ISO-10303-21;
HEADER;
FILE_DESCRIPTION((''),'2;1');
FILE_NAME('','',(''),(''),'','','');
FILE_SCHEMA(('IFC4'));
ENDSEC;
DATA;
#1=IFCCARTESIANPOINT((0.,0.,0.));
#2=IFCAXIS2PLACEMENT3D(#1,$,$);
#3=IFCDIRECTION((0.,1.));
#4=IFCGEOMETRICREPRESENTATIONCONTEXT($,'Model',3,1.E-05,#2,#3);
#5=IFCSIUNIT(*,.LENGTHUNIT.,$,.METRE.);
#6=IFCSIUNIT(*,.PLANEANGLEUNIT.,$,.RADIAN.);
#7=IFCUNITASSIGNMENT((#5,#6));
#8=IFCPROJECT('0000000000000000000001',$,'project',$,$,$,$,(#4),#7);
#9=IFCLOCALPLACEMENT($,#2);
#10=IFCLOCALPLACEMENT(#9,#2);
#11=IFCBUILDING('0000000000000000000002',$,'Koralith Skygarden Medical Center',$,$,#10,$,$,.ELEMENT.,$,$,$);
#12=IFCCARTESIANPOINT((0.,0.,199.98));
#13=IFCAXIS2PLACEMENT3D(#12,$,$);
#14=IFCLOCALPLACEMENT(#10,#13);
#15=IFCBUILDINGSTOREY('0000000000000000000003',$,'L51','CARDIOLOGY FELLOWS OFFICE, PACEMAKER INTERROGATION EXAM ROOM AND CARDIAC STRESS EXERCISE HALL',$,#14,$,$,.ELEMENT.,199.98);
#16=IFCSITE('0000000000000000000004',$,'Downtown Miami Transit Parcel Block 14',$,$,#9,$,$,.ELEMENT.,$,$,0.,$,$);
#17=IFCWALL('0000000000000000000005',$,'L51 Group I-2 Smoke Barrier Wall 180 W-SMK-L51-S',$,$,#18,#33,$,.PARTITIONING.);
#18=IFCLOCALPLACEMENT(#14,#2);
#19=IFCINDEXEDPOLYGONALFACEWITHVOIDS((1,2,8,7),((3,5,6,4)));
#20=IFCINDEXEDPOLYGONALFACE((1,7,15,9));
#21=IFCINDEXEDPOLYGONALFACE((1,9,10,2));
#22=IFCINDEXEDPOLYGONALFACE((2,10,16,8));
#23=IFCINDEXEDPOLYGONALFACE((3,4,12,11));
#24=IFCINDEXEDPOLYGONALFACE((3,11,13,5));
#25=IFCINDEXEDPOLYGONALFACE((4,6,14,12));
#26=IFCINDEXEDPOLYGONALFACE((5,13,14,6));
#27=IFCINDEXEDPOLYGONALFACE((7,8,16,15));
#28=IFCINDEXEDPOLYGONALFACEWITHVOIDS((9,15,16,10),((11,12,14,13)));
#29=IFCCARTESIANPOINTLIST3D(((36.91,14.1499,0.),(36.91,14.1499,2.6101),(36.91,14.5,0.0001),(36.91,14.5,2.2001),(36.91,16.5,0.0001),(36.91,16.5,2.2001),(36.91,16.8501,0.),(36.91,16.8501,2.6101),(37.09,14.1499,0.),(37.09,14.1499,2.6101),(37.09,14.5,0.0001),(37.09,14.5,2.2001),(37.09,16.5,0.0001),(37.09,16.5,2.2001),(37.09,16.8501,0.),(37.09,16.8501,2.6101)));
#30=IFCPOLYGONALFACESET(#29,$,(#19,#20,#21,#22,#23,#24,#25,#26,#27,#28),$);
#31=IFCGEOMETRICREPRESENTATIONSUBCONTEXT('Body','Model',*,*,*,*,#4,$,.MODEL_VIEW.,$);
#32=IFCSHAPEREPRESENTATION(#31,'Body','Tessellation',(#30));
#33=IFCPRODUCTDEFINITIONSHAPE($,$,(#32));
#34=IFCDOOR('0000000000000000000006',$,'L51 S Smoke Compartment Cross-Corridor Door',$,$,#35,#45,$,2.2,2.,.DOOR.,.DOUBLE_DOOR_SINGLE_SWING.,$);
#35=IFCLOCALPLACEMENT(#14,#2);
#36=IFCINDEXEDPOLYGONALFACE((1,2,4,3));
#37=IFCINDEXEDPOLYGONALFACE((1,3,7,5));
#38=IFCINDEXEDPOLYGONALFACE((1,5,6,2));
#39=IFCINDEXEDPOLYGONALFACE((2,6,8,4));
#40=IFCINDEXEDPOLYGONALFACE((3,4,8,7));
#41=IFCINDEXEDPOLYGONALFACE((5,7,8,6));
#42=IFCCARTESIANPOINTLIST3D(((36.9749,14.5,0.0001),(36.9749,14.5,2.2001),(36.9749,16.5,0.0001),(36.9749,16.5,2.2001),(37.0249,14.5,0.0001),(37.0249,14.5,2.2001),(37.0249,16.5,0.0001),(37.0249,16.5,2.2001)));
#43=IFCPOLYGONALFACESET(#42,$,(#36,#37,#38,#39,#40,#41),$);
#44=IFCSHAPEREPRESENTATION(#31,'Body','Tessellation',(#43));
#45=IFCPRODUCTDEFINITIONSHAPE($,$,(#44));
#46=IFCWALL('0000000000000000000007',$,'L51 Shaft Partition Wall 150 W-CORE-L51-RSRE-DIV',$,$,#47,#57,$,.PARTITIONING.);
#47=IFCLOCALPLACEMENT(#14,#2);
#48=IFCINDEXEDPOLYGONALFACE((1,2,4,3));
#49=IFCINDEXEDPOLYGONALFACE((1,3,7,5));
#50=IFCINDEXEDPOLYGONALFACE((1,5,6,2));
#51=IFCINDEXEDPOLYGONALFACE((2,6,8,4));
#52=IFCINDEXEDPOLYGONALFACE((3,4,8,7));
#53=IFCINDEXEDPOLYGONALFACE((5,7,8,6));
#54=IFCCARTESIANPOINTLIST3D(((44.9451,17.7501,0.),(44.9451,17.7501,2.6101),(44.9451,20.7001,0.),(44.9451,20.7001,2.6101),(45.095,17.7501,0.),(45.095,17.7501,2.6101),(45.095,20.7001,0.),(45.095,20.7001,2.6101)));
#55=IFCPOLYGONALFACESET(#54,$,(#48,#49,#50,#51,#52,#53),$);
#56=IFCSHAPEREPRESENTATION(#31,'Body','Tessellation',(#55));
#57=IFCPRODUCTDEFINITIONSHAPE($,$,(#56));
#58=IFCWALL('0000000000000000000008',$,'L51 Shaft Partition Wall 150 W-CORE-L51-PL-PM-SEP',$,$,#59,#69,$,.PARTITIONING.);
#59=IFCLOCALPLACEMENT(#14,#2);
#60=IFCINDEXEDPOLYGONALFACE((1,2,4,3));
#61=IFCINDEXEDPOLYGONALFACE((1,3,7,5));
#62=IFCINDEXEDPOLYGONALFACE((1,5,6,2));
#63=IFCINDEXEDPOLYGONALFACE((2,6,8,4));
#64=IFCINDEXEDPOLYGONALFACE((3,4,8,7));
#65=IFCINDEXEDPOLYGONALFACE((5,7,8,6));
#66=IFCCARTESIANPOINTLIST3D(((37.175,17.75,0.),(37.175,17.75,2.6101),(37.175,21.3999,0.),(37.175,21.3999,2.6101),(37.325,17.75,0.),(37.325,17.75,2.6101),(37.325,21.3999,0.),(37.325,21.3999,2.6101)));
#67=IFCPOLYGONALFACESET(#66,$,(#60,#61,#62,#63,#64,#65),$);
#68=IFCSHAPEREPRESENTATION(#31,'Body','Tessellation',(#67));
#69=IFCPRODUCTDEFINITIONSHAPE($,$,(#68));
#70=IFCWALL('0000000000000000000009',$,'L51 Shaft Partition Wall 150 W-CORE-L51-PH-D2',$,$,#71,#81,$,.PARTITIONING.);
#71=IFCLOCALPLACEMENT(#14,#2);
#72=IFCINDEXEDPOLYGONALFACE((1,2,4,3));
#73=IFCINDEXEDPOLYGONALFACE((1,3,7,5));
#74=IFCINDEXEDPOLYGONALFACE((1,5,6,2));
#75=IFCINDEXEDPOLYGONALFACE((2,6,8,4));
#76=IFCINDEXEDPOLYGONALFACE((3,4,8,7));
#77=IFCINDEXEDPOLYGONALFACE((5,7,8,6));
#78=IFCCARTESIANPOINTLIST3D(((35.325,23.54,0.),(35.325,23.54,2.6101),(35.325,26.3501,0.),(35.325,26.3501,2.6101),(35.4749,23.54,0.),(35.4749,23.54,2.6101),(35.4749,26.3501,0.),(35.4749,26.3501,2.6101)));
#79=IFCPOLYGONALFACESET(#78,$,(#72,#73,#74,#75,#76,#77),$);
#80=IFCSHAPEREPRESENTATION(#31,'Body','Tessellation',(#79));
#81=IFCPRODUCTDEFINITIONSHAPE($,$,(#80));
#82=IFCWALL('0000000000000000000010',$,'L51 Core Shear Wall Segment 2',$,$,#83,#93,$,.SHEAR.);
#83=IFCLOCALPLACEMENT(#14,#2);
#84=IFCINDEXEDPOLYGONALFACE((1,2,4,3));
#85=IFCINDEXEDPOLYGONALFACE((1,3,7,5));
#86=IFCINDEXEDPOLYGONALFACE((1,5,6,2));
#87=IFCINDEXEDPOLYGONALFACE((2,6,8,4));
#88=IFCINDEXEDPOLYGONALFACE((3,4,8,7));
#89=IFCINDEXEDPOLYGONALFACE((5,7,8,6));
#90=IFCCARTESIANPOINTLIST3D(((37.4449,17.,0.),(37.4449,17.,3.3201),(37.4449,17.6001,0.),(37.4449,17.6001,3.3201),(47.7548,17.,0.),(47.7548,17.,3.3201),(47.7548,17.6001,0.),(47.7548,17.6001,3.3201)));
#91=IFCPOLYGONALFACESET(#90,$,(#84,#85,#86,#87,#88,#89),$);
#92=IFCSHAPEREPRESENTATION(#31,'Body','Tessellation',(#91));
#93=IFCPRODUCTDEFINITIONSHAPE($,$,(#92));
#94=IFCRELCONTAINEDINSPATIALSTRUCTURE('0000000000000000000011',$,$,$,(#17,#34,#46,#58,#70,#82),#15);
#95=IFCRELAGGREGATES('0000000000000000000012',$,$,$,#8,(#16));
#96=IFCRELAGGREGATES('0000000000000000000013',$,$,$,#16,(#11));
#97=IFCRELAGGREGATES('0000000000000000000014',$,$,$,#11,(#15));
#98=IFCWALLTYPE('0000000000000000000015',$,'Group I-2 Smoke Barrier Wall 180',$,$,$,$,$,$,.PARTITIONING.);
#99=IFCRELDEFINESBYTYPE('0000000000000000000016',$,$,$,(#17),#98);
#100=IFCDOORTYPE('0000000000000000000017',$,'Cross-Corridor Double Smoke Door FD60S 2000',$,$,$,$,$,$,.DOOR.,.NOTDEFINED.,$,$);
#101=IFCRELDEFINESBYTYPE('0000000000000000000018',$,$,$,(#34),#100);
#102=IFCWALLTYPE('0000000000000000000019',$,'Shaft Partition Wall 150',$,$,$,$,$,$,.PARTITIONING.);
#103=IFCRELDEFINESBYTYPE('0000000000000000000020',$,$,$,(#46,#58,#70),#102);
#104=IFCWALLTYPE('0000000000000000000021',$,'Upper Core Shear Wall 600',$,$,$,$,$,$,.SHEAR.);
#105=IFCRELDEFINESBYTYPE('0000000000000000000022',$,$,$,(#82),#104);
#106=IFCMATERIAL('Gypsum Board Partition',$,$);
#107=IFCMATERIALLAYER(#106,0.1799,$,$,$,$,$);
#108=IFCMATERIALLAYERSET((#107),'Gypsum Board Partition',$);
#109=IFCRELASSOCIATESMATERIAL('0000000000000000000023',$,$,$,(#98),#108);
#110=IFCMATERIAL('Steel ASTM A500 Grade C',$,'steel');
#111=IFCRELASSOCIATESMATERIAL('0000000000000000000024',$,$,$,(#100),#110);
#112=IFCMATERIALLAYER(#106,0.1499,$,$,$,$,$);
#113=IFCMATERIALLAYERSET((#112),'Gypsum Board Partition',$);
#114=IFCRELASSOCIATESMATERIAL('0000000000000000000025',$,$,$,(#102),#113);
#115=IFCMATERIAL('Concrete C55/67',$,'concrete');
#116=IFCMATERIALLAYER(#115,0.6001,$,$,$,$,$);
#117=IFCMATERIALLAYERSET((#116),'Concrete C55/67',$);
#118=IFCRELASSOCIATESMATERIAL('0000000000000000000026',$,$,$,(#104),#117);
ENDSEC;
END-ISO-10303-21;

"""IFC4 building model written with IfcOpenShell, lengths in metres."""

from ifc_helpers import new_model, si_unit, direction, frame, frame_2d, origin, place, context, subcontext, project, spatial, rectangle, extrude, material, layer, layer_set, type_object, element, fill, save


model = new_model("IFC4")

# Units and contexts
model_context = context("Model", 3, precision=1e-05, world=origin(), true_north=direction((0.0, 1.0)))
body_context = subcontext(model_context, "Body", "Model", "MODEL_VIEW")
ifc_project = project(units=[si_unit("LENGTHUNIT", "METRE"), si_unit("PLANEANGLEUNIT", "RADIAN")], contexts=[model_context])

# Site, building, storey
site_placement = place(None, origin())
site = spatial("IfcSite", under=ifc_project, at=site_placement, Name="Downtown Miami Transit Parcel Block 14", CompositionType="ELEMENT", RefElevation=0.0)
building_placement = place(site_placement, origin())
building = spatial("IfcBuilding", under=site, at=building_placement, Name="Koralith Skygarden Medical Center", CompositionType="ELEMENT")
storey_placement = place(building_placement, frame((0.0, 0.0, 199.98)))
storey = spatial("IfcBuildingStorey", under=building, at=storey_placement, Name="L51", Description="CARDIOLOGY FELLOWS OFFICE, PACEMAKER INTERROGATION EXAM ROOM AND CARDIAC STRESS EXERCISE HALL", CompositionType="ELEMENT", Elevation=199.98)

# Shared definitions
ifc_material_1 = material(Name="Concrete C55/67", Category="concrete")

# Shared definitions
ifc_material_2 = material(Name="Gypsum Board Partition")

# Shared definitions
ifc_material_3 = material(Name="Steel ASTM A500 Grade C", Category="steel")

# Wall, opening, door
ifc_layer_1 = layer(ifc_material_2, 0.1799)
ifc_layer_set_1 = layer_set([ifc_layer_1], Name="Gypsum Board Partition")
wall_type_1 = type_object("IfcWallType", Name="Group I-2 Smoke Barrier Wall 180", PredefinedType="PARTITIONING", material=ifc_layer_set_1)
wall_1_placement = place(storey_placement, frame((37.0, 14.1499, 0.0), z_axis=(0.0, 0.0, 1.0), x_axis=(0.0, 1.0, 0.0)))
wall_1 = element("IfcWall", 1, at=wall_1_placement, inside=storey, type_object=wall_type_1, Name="L51 Group I-2 Smoke Barrier Wall 180 W-SMK-L51-S", PredefinedType="PARTITIONING", context=body_context, shape_type="SweptSolid", body=[
    extrude(rectangle(XDim=2.7002, YDim=0.1799, at=frame_2d((1.3501, 0.0))), origin(), (0.0, 0.0, 1.0), 2.6101),
])
opening_1_placement = place(wall_1_placement, frame((0.3501, 0.0, 0.0)))
opening_1 = element("IfcOpeningElement", 2, at=opening_1_placement, cuts=wall_1, PredefinedType="OPENING", context=body_context, shape_type="SweptSolid", body=[
    extrude(rectangle(XDim=2.0, YDim=2.2, at=frame_2d((1.0, 1.1001))), frame((0.0, 0.0999, 0.0), z_axis=(0.0, -1.0, 0.0), x_axis=(1.0, 0.0, 0.0)), (0.0, 0.0, 1.0), 0.2),
])
door_type_1 = type_object("IfcDoorType", Name="Cross-Corridor Double Smoke Door FD60S 2000", OperationType="NOTDEFINED", PredefinedType="DOOR", material=ifc_material_3)
door_1_placement = place(opening_1_placement, frame((2.0, 0.0, 0.0), z_axis=(0.0, 0.0, 1.0), x_axis=(-1.0, 0.0, 0.0)))
door_1 = element("IfcDoor", 3, at=door_1_placement, inside=storey, type_object=door_type_1, Name="L51 S Smoke Compartment Cross-Corridor Door", OperationType="DOUBLE_DOOR_SINGLE_SWING", OverallHeight=2.2, OverallWidth=2.0, PredefinedType="DOOR", context=body_context, shape_type="SweptSolid", body=[
    extrude(rectangle(XDim=2.0, YDim=2.2, at=frame_2d((1.0, 1.1001))), frame((0.0, 0.0249, 0.0), z_axis=(0.0, -1.0, 0.0), x_axis=(1.0, 0.0, 0.0)), (0.0, 0.0, 1.0), 0.05),
])
fill(opening_1, door_1)

# Walls
ifc_layer_2 = layer(ifc_material_2, 0.1499)
ifc_layer_set_2 = layer_set([ifc_layer_2], Name="Gypsum Board Partition")
wall_type_2 = type_object("IfcWallType", Name="Shaft Partition Wall 150", PredefinedType="PARTITIONING", material=ifc_layer_set_2)
wall_2_placement = place(storey_placement, frame((45.02, 17.75, 0.0), z_axis=(0.0, 0.0, 1.0), x_axis=(0.0, 1.0, 0.0)))
element("IfcWall", 4, at=wall_2_placement, inside=storey, type_object=wall_type_2, Name="L51 Shaft Partition Wall 150 W-CORE-L51-RSRE-DIV", PredefinedType="PARTITIONING", context=body_context, shape_type="SweptSolid", body=[
    extrude(rectangle(XDim=2.95, YDim=0.1499, at=frame_2d((1.4751, 0.0))), origin(), (0.0, 0.0, 1.0), 2.6101),
])
wall_3_placement = place(storey_placement, frame((37.25, 17.75, 0.0), z_axis=(0.0, 0.0, 1.0), x_axis=(0.0, 1.0, 0.0)))
element("IfcWall", 5, at=wall_3_placement, inside=storey, type_object=wall_type_2, Name="L51 Shaft Partition Wall 150 W-CORE-L51-PL-PM-SEP", PredefinedType="PARTITIONING", context=body_context, shape_type="SweptSolid", body=[
    extrude(rectangle(XDim=3.6499, YDim=0.1499, at=frame_2d((1.825, 0.0))), origin(), (0.0, 0.0, 1.0), 2.6101),
])
wall_4_placement = place(storey_placement, frame((35.3999, 23.54, 0.0), z_axis=(0.0, 0.0, 1.0), x_axis=(0.0, 1.0, 0.0)))
element("IfcWall", 6, at=wall_4_placement, inside=storey, type_object=wall_type_2, Name="L51 Shaft Partition Wall 150 W-CORE-L51-PH-D2", PredefinedType="PARTITIONING", context=body_context, shape_type="SweptSolid", body=[
    extrude(rectangle(XDim=2.8101, YDim=0.1499, at=frame_2d((1.405, 0.0))), origin(), (0.0, 0.0, 1.0), 2.6101),
])

# Wall
ifc_layer_3 = layer(ifc_material_1, 0.6001)
ifc_layer_set_3 = layer_set([ifc_layer_3], Name="Concrete C55/67")
wall_type_3 = type_object("IfcWallType", Name="Upper Core Shear Wall 600", PredefinedType="SHEAR", material=ifc_layer_set_3)
wall_5_placement = place(storey_placement, frame((37.4451, 17.3, 0.0), z_axis=(0.0, 0.0, 1.0), x_axis=(1.0, 0.0, 0.0)))
element("IfcWall", 7, at=wall_5_placement, inside=storey, type_object=wall_type_3, Name="L51 Core Shear Wall Segment 2", PredefinedType="SHEAR", context=body_context, shape_type="SweptSolid", body=[
    extrude(rectangle(XDim=10.3098, YDim=0.6001, at=frame_2d((5.1548, 0.0))), origin(), (0.0, 0.0, 1.0), 3.3201),
])

save(model, "model.ifc")
